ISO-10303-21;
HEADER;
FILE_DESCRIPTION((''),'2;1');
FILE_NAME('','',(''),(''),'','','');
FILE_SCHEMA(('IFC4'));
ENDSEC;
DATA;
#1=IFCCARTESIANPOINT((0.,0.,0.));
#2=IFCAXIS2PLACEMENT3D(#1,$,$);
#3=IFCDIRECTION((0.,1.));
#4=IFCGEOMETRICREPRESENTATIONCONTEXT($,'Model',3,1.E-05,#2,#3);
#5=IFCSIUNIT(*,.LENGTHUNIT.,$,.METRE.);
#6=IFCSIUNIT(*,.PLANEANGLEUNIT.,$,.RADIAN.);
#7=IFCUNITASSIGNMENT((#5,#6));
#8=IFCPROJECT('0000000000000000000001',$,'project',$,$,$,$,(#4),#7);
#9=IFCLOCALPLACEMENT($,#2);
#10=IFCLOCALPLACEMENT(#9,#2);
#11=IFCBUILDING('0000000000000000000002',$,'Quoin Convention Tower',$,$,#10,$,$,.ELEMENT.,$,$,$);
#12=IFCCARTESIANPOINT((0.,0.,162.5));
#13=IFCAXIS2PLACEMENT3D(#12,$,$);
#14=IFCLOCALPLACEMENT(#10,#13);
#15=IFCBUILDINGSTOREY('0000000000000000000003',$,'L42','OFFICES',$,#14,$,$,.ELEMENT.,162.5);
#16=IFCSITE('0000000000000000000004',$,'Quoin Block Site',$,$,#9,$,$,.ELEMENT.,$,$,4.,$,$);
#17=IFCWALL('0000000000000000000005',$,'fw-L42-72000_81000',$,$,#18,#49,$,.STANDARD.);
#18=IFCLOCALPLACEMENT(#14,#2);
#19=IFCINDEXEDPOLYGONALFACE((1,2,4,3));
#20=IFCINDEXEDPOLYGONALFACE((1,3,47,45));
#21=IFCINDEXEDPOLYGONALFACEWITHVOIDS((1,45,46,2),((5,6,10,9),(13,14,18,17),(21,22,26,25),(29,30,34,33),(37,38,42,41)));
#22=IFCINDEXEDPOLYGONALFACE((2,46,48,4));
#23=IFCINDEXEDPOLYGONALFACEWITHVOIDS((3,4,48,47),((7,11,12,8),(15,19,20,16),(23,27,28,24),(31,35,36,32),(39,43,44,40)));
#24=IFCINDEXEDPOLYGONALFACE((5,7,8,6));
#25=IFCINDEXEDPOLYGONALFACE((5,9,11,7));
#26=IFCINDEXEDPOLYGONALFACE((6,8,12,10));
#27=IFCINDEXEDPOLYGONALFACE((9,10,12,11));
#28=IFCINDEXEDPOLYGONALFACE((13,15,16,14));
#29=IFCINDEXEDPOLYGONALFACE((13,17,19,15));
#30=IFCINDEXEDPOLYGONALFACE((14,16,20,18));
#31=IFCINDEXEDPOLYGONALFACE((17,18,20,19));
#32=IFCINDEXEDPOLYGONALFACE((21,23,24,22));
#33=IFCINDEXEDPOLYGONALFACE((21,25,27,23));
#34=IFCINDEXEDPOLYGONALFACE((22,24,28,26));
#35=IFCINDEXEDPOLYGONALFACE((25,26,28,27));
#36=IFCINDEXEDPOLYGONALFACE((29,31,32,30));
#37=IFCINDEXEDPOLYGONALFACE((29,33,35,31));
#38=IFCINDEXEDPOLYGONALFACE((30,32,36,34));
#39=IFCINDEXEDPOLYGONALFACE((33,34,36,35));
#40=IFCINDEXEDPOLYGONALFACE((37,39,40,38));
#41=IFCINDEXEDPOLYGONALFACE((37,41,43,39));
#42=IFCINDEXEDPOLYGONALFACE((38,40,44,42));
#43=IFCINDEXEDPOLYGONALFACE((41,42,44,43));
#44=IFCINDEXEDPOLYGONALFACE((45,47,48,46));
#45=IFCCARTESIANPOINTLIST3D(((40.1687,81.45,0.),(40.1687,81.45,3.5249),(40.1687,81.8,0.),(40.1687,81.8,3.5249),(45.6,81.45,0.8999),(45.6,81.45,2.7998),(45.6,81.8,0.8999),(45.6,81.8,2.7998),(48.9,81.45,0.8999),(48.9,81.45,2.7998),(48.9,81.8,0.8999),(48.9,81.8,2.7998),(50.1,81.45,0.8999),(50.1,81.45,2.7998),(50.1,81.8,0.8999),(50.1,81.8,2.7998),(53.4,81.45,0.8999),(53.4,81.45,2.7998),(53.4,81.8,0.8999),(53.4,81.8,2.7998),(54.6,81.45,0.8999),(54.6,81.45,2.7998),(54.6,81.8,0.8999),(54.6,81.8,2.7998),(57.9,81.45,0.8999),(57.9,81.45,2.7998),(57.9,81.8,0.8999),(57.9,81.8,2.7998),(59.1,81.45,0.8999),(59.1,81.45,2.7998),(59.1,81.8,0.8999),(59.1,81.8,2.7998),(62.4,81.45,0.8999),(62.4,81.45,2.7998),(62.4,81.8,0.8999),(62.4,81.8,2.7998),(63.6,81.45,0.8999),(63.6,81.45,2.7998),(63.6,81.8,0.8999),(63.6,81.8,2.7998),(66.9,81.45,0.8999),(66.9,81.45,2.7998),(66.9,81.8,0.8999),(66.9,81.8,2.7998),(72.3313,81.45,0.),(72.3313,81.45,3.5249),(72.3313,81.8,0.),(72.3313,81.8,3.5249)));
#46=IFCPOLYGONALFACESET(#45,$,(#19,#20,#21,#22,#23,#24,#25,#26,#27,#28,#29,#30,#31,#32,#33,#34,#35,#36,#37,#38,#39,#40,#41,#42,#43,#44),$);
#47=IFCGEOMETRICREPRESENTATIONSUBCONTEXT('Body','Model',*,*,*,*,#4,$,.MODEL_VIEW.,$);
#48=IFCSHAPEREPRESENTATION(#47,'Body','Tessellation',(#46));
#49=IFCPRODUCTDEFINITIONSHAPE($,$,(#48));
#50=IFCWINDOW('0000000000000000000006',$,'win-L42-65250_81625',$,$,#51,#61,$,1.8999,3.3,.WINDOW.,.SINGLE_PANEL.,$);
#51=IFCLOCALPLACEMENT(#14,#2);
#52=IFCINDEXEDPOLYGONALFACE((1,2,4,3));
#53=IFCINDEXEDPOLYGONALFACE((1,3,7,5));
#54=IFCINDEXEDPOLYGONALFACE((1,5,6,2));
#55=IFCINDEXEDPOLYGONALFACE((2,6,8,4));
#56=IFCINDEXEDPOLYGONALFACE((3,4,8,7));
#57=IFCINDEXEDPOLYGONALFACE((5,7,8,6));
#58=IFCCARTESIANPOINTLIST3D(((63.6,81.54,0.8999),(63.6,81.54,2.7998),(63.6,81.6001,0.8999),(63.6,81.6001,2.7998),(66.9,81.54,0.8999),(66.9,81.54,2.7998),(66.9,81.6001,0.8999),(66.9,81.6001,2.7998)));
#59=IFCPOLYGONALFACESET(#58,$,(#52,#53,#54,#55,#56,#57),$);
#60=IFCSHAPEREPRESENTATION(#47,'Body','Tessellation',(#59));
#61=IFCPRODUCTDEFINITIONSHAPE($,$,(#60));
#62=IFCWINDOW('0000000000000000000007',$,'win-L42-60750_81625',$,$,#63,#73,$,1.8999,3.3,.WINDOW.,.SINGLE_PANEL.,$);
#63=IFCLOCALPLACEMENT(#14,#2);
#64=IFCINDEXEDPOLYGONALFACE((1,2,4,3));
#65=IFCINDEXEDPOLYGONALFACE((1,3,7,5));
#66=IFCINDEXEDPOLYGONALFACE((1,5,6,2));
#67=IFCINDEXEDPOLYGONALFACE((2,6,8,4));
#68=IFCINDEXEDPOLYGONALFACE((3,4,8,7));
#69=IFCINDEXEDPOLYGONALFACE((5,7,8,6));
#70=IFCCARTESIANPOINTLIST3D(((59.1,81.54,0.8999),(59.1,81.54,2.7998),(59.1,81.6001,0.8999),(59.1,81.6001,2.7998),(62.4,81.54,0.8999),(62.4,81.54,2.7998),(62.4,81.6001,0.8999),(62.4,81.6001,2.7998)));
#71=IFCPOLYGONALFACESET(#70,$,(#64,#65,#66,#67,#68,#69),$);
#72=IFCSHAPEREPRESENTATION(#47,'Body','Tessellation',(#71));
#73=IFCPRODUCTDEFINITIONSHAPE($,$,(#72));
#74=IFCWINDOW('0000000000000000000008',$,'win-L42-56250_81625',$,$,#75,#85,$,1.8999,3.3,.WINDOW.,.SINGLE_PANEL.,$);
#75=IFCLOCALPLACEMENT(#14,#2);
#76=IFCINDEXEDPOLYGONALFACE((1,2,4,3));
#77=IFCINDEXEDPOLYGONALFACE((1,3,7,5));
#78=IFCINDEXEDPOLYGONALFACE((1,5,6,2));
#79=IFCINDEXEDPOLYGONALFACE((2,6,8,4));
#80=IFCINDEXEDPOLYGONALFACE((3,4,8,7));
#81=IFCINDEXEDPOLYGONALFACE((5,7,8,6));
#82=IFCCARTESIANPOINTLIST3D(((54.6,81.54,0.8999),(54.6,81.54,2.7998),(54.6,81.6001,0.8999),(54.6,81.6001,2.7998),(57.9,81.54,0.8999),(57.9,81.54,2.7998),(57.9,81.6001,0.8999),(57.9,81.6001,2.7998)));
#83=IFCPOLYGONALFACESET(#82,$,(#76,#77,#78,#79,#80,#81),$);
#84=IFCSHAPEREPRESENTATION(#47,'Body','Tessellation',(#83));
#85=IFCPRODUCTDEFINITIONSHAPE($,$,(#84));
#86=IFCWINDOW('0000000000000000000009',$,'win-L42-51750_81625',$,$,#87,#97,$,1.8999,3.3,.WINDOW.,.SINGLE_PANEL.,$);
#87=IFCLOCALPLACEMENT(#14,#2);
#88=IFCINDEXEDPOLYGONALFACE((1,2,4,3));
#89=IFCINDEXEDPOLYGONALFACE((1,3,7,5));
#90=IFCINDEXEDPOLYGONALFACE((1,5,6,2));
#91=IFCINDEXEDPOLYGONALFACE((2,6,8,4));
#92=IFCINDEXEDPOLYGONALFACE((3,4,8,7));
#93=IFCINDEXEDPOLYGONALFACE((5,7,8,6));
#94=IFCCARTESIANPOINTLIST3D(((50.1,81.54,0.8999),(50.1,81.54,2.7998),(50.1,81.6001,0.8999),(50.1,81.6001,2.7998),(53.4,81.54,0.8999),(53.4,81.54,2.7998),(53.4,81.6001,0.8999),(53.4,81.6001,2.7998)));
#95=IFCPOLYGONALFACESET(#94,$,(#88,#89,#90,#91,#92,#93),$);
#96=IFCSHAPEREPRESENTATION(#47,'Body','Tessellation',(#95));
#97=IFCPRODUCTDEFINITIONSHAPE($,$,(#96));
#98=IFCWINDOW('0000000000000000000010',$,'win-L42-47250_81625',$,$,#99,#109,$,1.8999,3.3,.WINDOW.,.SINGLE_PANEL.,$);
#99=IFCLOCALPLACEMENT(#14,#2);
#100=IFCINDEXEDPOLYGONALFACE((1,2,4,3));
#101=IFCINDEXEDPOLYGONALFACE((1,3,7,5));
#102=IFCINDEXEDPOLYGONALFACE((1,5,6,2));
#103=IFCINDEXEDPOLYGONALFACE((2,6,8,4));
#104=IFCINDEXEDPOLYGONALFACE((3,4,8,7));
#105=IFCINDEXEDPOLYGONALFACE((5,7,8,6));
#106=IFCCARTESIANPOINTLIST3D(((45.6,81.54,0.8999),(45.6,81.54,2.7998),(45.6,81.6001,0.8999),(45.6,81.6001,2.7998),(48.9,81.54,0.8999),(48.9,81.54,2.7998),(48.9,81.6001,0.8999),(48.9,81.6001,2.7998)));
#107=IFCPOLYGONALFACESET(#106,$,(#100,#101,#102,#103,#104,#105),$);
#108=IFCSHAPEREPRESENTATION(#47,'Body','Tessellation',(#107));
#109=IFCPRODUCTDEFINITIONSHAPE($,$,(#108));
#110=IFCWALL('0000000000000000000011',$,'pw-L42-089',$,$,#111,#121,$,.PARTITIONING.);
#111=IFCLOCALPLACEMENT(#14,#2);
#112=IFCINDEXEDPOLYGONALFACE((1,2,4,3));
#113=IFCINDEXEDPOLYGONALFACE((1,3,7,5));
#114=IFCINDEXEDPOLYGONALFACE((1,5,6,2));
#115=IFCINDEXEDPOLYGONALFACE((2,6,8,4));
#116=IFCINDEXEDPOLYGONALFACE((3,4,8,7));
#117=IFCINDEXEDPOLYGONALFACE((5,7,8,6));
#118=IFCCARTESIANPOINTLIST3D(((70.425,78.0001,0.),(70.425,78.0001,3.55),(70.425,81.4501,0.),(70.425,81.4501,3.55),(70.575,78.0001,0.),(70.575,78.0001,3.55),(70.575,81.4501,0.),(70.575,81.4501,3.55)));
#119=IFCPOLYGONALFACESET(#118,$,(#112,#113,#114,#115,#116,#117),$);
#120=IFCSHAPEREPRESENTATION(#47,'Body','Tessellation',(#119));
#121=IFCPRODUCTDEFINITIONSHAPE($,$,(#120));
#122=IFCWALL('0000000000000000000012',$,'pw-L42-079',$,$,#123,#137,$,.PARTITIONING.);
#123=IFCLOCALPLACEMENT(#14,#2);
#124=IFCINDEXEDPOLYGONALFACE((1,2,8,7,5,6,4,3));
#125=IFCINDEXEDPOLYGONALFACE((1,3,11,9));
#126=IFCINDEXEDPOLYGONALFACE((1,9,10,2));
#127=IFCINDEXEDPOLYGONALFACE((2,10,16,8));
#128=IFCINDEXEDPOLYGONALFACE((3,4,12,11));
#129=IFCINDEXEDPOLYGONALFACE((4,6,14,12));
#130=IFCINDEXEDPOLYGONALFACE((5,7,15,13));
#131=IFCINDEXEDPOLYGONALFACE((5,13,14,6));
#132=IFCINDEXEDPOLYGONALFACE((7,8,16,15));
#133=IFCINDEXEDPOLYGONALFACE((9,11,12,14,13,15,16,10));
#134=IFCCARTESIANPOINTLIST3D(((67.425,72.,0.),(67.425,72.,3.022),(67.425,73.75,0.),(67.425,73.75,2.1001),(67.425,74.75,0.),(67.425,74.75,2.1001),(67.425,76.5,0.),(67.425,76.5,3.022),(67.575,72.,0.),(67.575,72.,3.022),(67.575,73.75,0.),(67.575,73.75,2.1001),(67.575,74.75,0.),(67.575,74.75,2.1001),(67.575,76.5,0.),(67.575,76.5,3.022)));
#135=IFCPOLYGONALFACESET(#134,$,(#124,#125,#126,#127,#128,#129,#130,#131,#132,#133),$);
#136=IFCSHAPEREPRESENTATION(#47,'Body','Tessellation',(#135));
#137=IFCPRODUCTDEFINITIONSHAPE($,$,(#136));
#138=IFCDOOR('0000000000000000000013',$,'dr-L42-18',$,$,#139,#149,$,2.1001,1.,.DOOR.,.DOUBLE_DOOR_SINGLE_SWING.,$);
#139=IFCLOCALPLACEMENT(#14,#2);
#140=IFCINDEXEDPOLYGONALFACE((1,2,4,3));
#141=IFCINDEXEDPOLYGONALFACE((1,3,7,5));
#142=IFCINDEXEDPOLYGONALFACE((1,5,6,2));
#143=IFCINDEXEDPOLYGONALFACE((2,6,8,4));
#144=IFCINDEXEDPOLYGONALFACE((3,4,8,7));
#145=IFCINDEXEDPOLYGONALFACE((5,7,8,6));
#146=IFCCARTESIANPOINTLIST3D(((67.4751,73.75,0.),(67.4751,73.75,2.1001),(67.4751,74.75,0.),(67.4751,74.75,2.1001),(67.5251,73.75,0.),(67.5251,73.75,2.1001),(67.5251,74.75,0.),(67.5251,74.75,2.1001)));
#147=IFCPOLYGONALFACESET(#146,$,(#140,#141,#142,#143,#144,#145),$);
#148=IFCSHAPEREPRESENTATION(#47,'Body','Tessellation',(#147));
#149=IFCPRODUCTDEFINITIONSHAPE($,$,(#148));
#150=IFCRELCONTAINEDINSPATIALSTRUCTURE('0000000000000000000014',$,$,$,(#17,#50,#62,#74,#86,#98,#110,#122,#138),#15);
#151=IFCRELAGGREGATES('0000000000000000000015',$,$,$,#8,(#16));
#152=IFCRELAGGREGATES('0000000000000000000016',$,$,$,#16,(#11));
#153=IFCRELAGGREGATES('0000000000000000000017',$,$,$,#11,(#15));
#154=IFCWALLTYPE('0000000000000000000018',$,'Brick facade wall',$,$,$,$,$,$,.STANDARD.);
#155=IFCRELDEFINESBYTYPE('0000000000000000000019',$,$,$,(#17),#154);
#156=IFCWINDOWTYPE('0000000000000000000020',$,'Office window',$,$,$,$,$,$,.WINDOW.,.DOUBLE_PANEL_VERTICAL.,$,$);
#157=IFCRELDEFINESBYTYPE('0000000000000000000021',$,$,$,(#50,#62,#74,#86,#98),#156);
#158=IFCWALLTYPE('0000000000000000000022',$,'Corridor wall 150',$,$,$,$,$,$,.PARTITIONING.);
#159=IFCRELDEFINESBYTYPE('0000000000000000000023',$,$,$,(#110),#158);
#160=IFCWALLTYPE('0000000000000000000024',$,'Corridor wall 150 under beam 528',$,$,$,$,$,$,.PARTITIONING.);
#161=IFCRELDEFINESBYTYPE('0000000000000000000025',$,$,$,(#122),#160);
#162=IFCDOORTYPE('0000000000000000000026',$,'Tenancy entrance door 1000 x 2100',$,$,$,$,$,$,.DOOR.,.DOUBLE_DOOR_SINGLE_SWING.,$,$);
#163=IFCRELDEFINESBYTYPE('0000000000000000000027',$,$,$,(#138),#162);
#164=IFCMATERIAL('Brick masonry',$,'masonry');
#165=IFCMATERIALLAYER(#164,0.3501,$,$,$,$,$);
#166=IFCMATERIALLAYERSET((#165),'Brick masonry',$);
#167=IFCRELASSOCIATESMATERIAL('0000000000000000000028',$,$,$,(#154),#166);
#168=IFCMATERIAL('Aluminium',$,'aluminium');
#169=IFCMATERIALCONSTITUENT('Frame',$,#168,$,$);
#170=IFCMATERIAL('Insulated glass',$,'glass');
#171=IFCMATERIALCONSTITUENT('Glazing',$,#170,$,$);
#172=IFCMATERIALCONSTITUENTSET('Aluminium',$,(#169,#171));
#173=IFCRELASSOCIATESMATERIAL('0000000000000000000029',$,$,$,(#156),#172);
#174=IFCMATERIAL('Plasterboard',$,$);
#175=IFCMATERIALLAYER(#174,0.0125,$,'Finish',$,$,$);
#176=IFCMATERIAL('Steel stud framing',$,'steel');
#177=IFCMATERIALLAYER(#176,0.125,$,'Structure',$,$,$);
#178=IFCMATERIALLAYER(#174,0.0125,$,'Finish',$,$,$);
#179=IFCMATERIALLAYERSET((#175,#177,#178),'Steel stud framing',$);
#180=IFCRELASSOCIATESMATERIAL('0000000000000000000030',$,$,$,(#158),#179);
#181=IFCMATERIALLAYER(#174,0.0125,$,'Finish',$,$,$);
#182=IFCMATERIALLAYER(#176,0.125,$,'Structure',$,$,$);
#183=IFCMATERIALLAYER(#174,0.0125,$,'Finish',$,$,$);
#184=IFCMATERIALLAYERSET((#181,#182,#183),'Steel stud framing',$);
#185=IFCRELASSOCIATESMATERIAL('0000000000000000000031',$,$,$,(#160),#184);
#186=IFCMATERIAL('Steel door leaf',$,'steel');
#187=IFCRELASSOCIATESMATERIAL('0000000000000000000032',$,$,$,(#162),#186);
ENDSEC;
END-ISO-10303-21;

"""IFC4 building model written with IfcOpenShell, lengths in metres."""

from ifc_helpers import new_model, si_unit, direction, frame, frame_2d, origin, place, context, subcontext, project, spatial, rectangle, extrude, material, layer, layer_set, constituent, constituent_set, type_object, element, fill, save


model = new_model("IFC4")

# Units and contexts
model_context = context("Model", 3, precision=1e-05, world=origin(), true_north=direction((0.0, 1.0)))
body_context = subcontext(model_context, "Body", "Model", "MODEL_VIEW")
ifc_project = project(units=[si_unit("LENGTHUNIT", "METRE"), si_unit("PLANEANGLEUNIT", "RADIAN")], contexts=[model_context])

# Site, building, storey
site_placement = place(None, origin())
site = spatial("IfcSite", under=ifc_project, at=site_placement, Name="Quoin Block Site", CompositionType="ELEMENT", RefElevation=4.0)
building_placement = place(site_placement, origin())
building = spatial("IfcBuilding", under=site, at=building_placement, Name="Quoin Convention Tower", CompositionType="ELEMENT")
storey_placement = place(building_placement, frame((0.0, 0.0, 162.5)))
storey = spatial("IfcBuildingStorey", under=building, at=storey_placement, Name="L42", Description="OFFICES", CompositionType="ELEMENT", Elevation=162.5)

# Shared definitions
ifc_material_1 = material(Name="Brick masonry", Category="masonry")
ifc_layer_1 = layer(ifc_material_1, 0.3501)
ifc_layer_set_1 = layer_set([ifc_layer_1], Name="Brick masonry")
wall_type_1 = type_object("IfcWallType", Name="Brick facade wall", PredefinedType="STANDARD", material=ifc_layer_set_1)
ifc_material_2 = material(Name="Aluminium", Category="aluminium")
ifc_constituent_1 = constituent(ifc_material_2, Name="Frame")
ifc_material_3 = material(Name="Insulated glass", Category="glass")
ifc_constituent_2 = constituent(ifc_material_3, Name="Glazing")
ifc_constituent_set = constituent_set(constituents=[ifc_constituent_1, ifc_constituent_2], Name="Aluminium")
window_type = type_object("IfcWindowType", Name="Office window", PartitioningType="DOUBLE_PANEL_VERTICAL", PredefinedType="WINDOW", material=ifc_constituent_set)

# Wall, openings, windows
wall_1_placement = place(storey_placement, frame((72.3313, 81.625, 0.0), z_axis=(0.0, 0.0, 1.0), x_axis=(-1.0, 0.0, 0.0)))
wall_1 = element("IfcWall", 1, at=wall_1_placement, inside=storey, type_object=wall_type_1, Name="fw-L42-72000_81000", PredefinedType="STANDARD", context=body_context, shape_type="SweptSolid", body=[
    extrude(rectangle(XDim=32.1626, YDim=0.3501, at=frame_2d((16.0813, 0.0))), origin(), (0.0, 0.0, 1.0), 3.5249),
])
opening_1_placement = place(wall_1_placement, frame((5.4314, 0.0, 0.8999)))
opening_1 = element("IfcOpeningElement", 2, at=opening_1_placement, cuts=wall_1, PredefinedType="OPENING", context=body_context, shape_type="SweptSolid", body=[
    extrude(rectangle(XDim=3.3, YDim=1.8999, at=frame_2d((1.6499, 0.95))), frame((0.0, 0.1851, 0.0), z_axis=(0.0, -1.0, 0.0), x_axis=(1.0, 0.0, 0.0)), (0.0, 0.0, 1.0), 0.3701),
])
opening_2_placement = place(wall_1_placement, frame((9.9314, 0.0, 0.8999)))
opening_2 = element("IfcOpeningElement", 3, at=opening_2_placement, cuts=wall_1, PredefinedType="OPENING", context=body_context, shape_type="SweptSolid", body=[
    extrude(rectangle(XDim=3.3, YDim=1.8999, at=frame_2d((1.6499, 0.95))), frame((0.0, 0.1851, 0.0), z_axis=(0.0, -1.0, 0.0), x_axis=(1.0, 0.0, 0.0)), (0.0, 0.0, 1.0), 0.3701),
])
opening_3_placement = place(wall_1_placement, frame((14.4314, 0.0, 0.8999)))
opening_3 = element("IfcOpeningElement", 4, at=opening_3_placement, cuts=wall_1, PredefinedType="OPENING", context=body_context, shape_type="SweptSolid", body=[
    extrude(rectangle(XDim=3.3, YDim=1.8999, at=frame_2d((1.6499, 0.95))), frame((0.0, 0.1851, 0.0), z_axis=(0.0, -1.0, 0.0), x_axis=(1.0, 0.0, 0.0)), (0.0, 0.0, 1.0), 0.3701),
])
opening_4_placement = place(wall_1_placement, frame((18.9314, 0.0, 0.8999)))
opening_4 = element("IfcOpeningElement", 5, at=opening_4_placement, cuts=wall_1, PredefinedType="OPENING", context=body_context, shape_type="SweptSolid", body=[
    extrude(rectangle(XDim=3.3, YDim=1.8999, at=frame_2d((1.6499, 0.95))), frame((0.0, 0.1851, 0.0), z_axis=(0.0, -1.0, 0.0), x_axis=(1.0, 0.0, 0.0)), (0.0, 0.0, 1.0), 0.3701),
])
opening_5_placement = place(wall_1_placement, frame((23.4314, 0.0, 0.8999)))
opening_5 = element("IfcOpeningElement", 6, at=opening_5_placement, cuts=wall_1, PredefinedType="OPENING", context=body_context, shape_type="SweptSolid", body=[
    extrude(rectangle(XDim=3.3, YDim=1.8999, at=frame_2d((1.6499, 0.95))), frame((0.0, 0.1851, 0.0), z_axis=(0.0, -1.0, 0.0), x_axis=(1.0, 0.0, 0.0)), (0.0, 0.0, 1.0), 0.3701),
])
window_1_placement = place(opening_1_placement, origin())
window_1 = element("IfcWindow", 7, at=window_1_placement, inside=storey, type_object=window_type, Name="win-L42-65250_81625", OverallHeight=1.8999, OverallWidth=3.3, PartitioningType="SINGLE_PANEL", PredefinedType="WINDOW", context=body_context, shape_type="SweptSolid", body=[
    extrude(rectangle(XDim=3.3, YDim=1.8999, at=frame_2d((1.6499, 0.95))), frame((0.0, 0.085, 0.0), z_axis=(0.0, -1.0, 0.0), x_axis=(1.0, 0.0, 0.0)), (0.0, 0.0, 1.0), 0.0601),
])
fill(opening_1, window_1)
window_2_placement = place(opening_2_placement, origin())
window_2 = element("IfcWindow", 8, at=window_2_placement, inside=storey, type_object=window_type, Name="win-L42-60750_81625", OverallHeight=1.8999, OverallWidth=3.3, PartitioningType="SINGLE_PANEL", PredefinedType="WINDOW", context=body_context, shape_type="SweptSolid", body=[
    extrude(rectangle(XDim=3.3, YDim=1.8999, at=frame_2d((1.6499, 0.95))), frame((0.0, 0.085, 0.0), z_axis=(0.0, -1.0, 0.0), x_axis=(1.0, 0.0, 0.0)), (0.0, 0.0, 1.0), 0.0601),
])
fill(opening_2, window_2)
window_3_placement = place(opening_3_placement, origin())
window_3 = element("IfcWindow", 9, at=window_3_placement, inside=storey, type_object=window_type, Name="win-L42-56250_81625", OverallHeight=1.8999, OverallWidth=3.3, PartitioningType="SINGLE_PANEL", PredefinedType="WINDOW", context=body_context, shape_type="SweptSolid", body=[
    extrude(rectangle(XDim=3.3, YDim=1.8999, at=frame_2d((1.6499, 0.95))), frame((0.0, 0.085, 0.0), z_axis=(0.0, -1.0, 0.0), x_axis=(1.0, 0.0, 0.0)), (0.0, 0.0, 1.0), 0.0601),
])
fill(opening_3, window_3)
window_4_placement = place(opening_4_placement, origin())
window_4 = element("IfcWindow", 10, at=window_4_placement, inside=storey, type_object=window_type, Name="win-L42-51750_81625", OverallHeight=1.8999, OverallWidth=3.3, PartitioningType="SINGLE_PANEL", PredefinedType="WINDOW", context=body_context, shape_type="SweptSolid", body=[
    extrude(rectangle(XDim=3.3, YDim=1.8999, at=frame_2d((1.6499, 0.95))), frame((0.0, 0.085, 0.0), z_axis=(0.0, -1.0, 0.0), x_axis=(1.0, 0.0, 0.0)), (0.0, 0.0, 1.0), 0.0601),
])
fill(opening_4, window_4)
window_5_placement = place(opening_5_placement, origin())
window_5 = element("IfcWindow", 11, at=window_5_placement, inside=storey, type_object=window_type, Name="win-L42-47250_81625", OverallHeight=1.8999, OverallWidth=3.3, PartitioningType="SINGLE_PANEL", PredefinedType="WINDOW", context=body_context, shape_type="SweptSolid", body=[
    extrude(rectangle(XDim=3.3, YDim=1.8999, at=frame_2d((1.6499, 0.95))), frame((0.0, 0.085, 0.0), z_axis=(0.0, -1.0, 0.0), x_axis=(1.0, 0.0, 0.0)), (0.0, 0.0, 1.0), 0.0601),
])
fill(opening_5, window_5)

# Wall
ifc_material_4 = material(Name="Plasterboard")
ifc_layer_2 = layer(ifc_material_4, 0.0125, Name="Finish")
ifc_material_5 = material(Name="Steel stud framing", Category="steel")
ifc_layer_3 = layer(ifc_material_5, 0.125, Name="Structure")
ifc_layer_4 = layer(ifc_material_4, 0.0125, Name="Finish")
ifc_layer_set_2 = layer_set([ifc_layer_2, ifc_layer_3, ifc_layer_4], Name="Steel stud framing")
wall_type_2 = type_object("IfcWallType", Name="Corridor wall 150", PredefinedType="PARTITIONING", material=ifc_layer_set_2)
wall_2_placement = place(storey_placement, frame((70.5, 78.0, 0.0), z_axis=(0.0, 0.0, 1.0), x_axis=(0.0, 1.0, 0.0)))
element("IfcWall", 12, at=wall_2_placement, inside=storey, type_object=wall_type_2, Name="pw-L42-089", PredefinedType="PARTITIONING", context=body_context, shape_type="SweptSolid", body=[
    extrude(rectangle(XDim=3.45, YDim=0.1499, at=frame_2d((1.7251, 0.0))), origin(), (0.0, 0.0, 1.0), 3.55),
])

# Wall, opening, door
ifc_layer_5 = layer(ifc_material_4, 0.0125, Name="Finish")
ifc_layer_6 = layer(ifc_material_5, 0.125, Name="Structure")
ifc_layer_7 = layer(ifc_material_4, 0.0125, Name="Finish")
ifc_layer_set_3 = layer_set([ifc_layer_5, ifc_layer_6, ifc_layer_7], Name="Steel stud framing")
wall_type_3 = type_object("IfcWallType", Name="Corridor wall 150 under beam 528", PredefinedType="PARTITIONING", material=ifc_layer_set_3)
wall_3_placement = place(storey_placement, frame((67.5, 72.0, 0.0), z_axis=(0.0, 0.0, 1.0), x_axis=(0.0, 1.0, 0.0)))
wall_3 = element("IfcWall", 13, at=wall_3_placement, inside=storey, type_object=wall_type_3, Name="pw-L42-079", PredefinedType="PARTITIONING", context=body_context, shape_type="SweptSolid", body=[
    extrude(rectangle(XDim=4.5, YDim=0.1499, at=frame_2d((2.25, 0.0))), origin(), (0.0, 0.0, 1.0), 3.022),
])
opening_6_placement = place(wall_3_placement, frame((1.75, 0.0, 0.0)))
opening_6 = element("IfcOpeningElement", 14, at=opening_6_placement, cuts=wall_3, PredefinedType="OPENING", context=body_context, shape_type="SweptSolid", body=[
    extrude(rectangle(XDim=1.0, YDim=2.1001, at=frame_2d((0.5, 1.05))), frame((0.0, 0.085, 0.0), z_axis=(0.0, -1.0, 0.0), x_axis=(1.0, 0.0, 0.0)), (0.0, 0.0, 1.0), 0.1699),
])
ifc_material_6 = material(Name="Steel door leaf", Category="steel")
door_type_1 = type_object("IfcDoorType", Name="Tenancy entrance door 1000 x 2100", OperationType="DOUBLE_DOOR_SINGLE_SWING", PredefinedType="DOOR", material=ifc_material_6)
door_1_placement = place(opening_6_placement, origin())
door_1 = element("IfcDoor", 15, at=door_1_placement, inside=storey, type_object=door_type_1, Name="dr-L42-18", OperationType="DOUBLE_DOOR_SINGLE_SWING", OverallHeight=2.1001, OverallWidth=1.0, PredefinedType="DOOR", context=body_context, shape_type="SweptSolid", body=[
    extrude(rectangle(XDim=1.0, YDim=2.1001, at=frame_2d((0.5, 1.05))), frame((0.0, 0.0249, 0.0), z_axis=(0.0, -1.0, 0.0), x_axis=(1.0, 0.0, 0.0)), (0.0, 0.0, 1.0), 0.05),
])
fill(opening_6, door_1)

save(model, "model.ifc")
